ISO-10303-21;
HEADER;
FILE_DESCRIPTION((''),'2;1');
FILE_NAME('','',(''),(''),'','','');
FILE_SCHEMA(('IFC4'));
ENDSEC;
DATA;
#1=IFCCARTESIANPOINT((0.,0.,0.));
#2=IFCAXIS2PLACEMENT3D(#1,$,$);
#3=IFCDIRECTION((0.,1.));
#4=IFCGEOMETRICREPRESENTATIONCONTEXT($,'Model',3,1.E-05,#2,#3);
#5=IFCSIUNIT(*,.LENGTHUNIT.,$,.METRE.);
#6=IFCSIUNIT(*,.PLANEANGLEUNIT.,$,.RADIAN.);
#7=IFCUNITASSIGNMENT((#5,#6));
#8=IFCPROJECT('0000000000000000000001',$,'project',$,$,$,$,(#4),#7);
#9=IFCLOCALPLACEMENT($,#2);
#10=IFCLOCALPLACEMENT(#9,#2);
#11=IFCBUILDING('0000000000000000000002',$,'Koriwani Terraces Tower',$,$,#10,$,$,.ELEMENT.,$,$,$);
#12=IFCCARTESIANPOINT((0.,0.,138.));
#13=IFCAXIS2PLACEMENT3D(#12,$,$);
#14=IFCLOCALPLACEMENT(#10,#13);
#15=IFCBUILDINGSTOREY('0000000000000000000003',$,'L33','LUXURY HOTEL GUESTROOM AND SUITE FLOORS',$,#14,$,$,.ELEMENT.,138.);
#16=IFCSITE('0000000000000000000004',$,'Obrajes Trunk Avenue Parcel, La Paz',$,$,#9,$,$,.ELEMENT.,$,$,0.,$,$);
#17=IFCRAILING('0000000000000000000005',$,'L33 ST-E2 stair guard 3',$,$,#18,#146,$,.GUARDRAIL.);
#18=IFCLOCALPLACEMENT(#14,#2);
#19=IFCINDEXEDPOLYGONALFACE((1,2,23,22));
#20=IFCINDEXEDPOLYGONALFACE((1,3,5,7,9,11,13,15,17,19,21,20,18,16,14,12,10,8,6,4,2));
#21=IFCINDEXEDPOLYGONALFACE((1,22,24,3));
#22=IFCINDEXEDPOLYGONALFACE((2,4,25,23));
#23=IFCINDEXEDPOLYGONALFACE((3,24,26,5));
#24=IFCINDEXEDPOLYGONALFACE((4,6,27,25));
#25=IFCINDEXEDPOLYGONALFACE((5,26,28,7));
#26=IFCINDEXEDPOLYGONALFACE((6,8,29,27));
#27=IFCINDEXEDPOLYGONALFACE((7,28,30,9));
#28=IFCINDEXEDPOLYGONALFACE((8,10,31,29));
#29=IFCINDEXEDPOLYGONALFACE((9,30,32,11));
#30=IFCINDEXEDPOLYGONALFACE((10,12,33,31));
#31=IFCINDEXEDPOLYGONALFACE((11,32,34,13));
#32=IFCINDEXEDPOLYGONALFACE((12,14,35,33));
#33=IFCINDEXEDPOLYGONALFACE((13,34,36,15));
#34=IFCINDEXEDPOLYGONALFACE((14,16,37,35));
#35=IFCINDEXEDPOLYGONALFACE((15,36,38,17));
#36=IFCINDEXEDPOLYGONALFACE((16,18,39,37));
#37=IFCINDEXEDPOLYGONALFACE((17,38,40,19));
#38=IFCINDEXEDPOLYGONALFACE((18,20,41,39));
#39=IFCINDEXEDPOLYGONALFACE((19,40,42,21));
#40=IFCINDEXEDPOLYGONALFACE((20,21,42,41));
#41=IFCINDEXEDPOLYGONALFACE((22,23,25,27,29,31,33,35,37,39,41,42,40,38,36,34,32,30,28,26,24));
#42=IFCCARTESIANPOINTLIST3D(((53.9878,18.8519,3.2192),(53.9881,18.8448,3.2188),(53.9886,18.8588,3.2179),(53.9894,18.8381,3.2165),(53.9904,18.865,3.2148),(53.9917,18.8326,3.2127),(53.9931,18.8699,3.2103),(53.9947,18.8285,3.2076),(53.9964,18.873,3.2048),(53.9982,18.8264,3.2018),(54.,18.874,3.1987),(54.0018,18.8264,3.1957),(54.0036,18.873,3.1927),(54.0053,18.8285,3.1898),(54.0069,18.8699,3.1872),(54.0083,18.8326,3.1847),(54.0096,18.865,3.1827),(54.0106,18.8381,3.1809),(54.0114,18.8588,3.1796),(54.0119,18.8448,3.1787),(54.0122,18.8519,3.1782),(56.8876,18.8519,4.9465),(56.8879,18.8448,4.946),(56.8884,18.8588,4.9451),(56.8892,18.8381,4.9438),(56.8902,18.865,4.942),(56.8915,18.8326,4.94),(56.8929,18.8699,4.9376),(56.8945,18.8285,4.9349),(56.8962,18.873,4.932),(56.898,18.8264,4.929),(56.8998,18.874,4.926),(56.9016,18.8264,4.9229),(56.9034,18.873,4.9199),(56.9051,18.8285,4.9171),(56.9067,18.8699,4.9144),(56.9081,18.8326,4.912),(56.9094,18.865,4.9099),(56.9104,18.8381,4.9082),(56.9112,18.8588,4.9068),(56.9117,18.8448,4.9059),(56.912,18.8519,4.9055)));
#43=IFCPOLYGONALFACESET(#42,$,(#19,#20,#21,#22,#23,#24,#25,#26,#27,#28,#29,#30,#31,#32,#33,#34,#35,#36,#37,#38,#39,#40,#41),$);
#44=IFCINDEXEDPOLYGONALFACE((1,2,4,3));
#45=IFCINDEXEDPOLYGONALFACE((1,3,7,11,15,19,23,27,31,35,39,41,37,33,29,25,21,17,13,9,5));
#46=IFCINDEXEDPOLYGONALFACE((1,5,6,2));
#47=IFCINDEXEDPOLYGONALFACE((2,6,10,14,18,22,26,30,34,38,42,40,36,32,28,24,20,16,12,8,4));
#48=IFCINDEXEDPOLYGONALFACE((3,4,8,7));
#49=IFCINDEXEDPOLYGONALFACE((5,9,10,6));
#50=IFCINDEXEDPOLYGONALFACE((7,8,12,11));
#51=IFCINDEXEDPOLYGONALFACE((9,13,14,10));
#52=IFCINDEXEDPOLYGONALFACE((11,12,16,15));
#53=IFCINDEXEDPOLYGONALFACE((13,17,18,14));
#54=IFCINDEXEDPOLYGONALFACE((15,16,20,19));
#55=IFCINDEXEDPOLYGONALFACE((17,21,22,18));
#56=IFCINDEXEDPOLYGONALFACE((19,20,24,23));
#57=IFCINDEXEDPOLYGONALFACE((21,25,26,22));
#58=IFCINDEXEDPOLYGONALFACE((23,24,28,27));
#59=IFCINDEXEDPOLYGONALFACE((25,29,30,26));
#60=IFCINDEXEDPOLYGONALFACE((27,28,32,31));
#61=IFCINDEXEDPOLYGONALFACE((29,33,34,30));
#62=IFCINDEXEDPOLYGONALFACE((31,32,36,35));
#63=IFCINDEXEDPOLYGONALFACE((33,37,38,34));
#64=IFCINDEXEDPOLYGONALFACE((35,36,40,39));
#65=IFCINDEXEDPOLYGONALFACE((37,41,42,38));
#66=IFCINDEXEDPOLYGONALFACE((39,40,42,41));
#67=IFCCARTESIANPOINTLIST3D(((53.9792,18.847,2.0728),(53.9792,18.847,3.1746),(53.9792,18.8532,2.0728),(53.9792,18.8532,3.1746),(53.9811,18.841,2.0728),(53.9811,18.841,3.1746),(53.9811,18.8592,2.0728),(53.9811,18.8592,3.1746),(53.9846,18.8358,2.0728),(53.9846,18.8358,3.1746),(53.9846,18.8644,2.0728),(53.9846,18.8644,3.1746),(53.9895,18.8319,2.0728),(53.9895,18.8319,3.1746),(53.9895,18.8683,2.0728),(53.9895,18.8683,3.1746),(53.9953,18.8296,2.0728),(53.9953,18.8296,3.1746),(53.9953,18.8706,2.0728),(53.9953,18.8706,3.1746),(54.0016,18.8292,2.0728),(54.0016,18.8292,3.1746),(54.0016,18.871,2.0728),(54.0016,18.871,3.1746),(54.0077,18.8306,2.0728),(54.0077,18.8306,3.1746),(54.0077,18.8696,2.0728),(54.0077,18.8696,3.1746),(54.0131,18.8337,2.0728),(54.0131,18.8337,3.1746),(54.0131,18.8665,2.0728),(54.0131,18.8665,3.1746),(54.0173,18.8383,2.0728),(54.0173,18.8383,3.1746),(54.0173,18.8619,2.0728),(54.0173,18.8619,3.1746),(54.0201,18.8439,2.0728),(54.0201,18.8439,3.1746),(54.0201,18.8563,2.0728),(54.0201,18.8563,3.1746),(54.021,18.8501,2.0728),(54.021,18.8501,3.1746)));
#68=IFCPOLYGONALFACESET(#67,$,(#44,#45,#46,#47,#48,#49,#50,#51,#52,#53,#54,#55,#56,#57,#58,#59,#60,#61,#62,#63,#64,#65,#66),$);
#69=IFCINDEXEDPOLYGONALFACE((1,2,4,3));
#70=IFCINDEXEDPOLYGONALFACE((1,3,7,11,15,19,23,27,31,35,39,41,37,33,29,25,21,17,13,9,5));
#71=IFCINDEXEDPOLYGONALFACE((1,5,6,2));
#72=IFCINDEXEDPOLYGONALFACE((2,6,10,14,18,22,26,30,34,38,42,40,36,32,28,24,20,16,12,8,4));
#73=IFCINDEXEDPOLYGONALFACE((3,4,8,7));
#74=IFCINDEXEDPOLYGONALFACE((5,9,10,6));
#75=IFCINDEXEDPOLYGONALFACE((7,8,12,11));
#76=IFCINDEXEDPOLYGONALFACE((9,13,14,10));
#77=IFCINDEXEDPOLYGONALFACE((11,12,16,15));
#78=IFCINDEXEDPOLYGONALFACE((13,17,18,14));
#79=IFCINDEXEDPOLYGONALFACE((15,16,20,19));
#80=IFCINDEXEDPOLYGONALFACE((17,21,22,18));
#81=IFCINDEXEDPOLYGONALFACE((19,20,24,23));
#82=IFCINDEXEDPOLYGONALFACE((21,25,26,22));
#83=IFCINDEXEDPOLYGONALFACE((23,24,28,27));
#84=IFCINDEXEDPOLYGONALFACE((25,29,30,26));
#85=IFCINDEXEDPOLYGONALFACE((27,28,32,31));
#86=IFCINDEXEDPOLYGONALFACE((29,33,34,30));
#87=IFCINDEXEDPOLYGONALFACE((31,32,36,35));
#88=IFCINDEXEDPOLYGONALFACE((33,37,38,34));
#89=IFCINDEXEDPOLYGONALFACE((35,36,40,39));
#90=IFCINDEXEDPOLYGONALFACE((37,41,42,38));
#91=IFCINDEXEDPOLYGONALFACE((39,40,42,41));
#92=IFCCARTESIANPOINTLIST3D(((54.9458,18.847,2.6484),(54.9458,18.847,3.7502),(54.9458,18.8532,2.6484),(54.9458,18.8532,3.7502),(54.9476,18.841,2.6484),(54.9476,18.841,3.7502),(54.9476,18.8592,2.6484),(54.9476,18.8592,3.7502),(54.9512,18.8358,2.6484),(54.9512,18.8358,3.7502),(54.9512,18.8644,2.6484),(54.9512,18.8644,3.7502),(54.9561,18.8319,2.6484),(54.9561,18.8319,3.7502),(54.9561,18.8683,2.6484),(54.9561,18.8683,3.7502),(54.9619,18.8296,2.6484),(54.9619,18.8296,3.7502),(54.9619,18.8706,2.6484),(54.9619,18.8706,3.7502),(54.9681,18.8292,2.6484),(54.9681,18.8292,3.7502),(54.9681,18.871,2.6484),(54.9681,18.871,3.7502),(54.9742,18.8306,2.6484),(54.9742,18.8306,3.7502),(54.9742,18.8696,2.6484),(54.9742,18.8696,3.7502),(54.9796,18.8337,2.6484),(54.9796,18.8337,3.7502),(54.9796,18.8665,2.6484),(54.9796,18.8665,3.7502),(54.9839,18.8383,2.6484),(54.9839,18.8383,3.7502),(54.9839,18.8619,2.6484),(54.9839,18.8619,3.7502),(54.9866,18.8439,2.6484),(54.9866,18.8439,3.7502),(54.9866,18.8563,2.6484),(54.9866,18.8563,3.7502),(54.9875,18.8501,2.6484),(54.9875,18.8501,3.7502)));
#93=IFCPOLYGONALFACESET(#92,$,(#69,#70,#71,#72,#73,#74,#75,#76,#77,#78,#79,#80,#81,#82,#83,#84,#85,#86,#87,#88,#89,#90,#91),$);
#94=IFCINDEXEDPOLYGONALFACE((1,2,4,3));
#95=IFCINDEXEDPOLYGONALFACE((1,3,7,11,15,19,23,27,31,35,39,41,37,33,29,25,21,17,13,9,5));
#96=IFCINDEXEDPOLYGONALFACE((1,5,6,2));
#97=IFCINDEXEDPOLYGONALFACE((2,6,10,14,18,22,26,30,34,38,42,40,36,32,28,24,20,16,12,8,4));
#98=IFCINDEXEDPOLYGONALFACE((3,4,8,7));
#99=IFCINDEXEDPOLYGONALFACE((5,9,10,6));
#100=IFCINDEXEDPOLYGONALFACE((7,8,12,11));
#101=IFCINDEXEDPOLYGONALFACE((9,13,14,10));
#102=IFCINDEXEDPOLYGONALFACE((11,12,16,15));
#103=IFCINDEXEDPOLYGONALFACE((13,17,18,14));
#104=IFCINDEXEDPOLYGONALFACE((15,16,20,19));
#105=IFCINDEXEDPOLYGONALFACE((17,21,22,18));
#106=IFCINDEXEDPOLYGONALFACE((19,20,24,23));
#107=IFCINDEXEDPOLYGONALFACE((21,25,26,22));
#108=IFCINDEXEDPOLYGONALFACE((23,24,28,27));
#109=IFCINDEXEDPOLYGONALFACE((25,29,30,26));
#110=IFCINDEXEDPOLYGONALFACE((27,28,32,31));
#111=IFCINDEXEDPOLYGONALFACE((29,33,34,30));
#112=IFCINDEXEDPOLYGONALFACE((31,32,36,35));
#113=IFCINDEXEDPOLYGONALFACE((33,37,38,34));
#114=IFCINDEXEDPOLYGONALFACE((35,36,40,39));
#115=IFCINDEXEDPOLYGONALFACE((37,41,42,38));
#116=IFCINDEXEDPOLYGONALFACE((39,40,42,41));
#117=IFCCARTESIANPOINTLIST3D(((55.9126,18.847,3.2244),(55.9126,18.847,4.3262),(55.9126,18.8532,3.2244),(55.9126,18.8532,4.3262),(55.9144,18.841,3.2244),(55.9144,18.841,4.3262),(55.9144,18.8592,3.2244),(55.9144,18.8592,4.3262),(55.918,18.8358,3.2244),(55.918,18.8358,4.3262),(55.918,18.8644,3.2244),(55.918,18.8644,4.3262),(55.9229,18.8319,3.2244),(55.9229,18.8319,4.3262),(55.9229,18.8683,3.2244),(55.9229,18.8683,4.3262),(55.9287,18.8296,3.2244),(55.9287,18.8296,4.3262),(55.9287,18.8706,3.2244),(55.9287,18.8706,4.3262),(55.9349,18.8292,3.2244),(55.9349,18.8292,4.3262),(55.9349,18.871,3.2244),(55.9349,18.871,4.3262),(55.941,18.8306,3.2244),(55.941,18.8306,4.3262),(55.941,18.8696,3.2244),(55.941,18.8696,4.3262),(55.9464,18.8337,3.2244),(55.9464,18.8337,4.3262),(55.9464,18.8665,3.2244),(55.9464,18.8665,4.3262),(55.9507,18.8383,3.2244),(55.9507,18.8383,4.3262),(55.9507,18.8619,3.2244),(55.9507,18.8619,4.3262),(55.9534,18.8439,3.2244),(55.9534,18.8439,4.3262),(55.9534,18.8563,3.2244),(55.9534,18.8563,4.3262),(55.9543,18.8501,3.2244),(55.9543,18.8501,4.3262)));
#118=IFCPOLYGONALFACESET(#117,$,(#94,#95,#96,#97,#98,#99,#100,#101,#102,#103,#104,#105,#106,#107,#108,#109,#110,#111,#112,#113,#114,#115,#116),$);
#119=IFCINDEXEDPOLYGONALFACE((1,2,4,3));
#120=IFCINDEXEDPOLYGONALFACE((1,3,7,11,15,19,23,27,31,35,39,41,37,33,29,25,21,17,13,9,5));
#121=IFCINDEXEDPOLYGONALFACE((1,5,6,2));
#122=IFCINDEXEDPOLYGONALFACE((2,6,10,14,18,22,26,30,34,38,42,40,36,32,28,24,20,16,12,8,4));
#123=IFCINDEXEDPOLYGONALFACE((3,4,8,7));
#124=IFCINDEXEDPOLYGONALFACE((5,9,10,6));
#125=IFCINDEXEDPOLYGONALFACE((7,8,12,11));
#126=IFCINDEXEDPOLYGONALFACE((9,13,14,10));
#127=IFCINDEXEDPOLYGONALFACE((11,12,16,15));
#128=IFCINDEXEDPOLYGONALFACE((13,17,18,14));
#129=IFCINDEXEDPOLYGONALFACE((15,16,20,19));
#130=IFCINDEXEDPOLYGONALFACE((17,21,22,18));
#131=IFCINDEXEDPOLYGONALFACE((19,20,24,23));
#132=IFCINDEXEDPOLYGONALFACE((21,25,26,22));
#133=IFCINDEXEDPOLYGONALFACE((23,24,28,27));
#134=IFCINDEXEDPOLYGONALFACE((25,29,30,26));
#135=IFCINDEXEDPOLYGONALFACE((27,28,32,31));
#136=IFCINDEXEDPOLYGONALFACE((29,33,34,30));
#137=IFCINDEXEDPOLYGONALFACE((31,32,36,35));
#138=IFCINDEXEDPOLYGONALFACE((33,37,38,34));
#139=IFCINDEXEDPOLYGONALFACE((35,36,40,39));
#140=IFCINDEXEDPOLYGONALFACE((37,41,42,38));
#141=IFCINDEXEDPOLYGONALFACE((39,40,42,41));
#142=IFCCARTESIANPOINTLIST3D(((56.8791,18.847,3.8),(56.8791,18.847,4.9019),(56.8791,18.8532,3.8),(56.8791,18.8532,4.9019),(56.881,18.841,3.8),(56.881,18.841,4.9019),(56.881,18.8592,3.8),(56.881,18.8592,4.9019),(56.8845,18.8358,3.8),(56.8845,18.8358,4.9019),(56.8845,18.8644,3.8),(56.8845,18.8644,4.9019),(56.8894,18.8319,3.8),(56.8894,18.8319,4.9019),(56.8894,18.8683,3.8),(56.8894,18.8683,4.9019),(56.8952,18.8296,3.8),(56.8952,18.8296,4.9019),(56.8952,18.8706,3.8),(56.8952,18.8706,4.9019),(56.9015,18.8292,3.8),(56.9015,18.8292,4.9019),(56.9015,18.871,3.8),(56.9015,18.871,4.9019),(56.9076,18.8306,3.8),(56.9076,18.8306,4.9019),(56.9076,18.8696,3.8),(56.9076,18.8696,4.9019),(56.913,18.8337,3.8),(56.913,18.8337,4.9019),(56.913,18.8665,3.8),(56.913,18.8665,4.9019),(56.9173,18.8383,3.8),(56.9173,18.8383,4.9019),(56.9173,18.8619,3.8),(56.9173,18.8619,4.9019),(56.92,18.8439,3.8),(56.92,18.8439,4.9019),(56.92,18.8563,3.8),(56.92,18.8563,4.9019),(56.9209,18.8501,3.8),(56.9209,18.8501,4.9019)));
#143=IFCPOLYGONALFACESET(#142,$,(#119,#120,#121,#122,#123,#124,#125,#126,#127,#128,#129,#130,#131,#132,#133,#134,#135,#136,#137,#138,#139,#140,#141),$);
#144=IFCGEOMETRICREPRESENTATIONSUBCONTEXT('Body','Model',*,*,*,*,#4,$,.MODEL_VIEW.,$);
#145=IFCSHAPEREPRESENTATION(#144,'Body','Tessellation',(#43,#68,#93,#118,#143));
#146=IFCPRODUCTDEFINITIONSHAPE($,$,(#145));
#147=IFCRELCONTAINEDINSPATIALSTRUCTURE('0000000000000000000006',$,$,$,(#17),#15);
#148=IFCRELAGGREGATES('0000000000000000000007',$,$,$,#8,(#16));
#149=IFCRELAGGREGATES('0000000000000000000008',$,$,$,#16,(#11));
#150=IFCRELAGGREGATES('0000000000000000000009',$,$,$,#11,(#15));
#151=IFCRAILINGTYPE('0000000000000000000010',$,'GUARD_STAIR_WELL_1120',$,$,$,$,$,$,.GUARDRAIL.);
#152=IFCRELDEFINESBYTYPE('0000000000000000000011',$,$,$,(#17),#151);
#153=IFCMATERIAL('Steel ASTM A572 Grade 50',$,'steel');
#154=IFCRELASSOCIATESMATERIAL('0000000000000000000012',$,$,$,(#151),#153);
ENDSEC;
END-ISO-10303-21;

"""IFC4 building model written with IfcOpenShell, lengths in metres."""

from ifc_helpers import new_model, si_unit, direction, frame, origin, origin_2d, place, context, subcontext, project, spatial, circle, extrude, material, type_object, element, save


model = new_model("IFC4")

# Units and contexts
model_context = context("Model", 3, precision=1e-05, world=origin(), true_north=direction((0.0, 1.0)))
body_context = subcontext(model_context, "Body", "Model", "MODEL_VIEW")
ifc_project = project(units=[si_unit("LENGTHUNIT", "METRE"), si_unit("PLANEANGLEUNIT", "RADIAN")], contexts=[model_context])

# Site, building, storey
site_placement = place(None, origin())
site = spatial("IfcSite", under=ifc_project, at=site_placement, Name="Obrajes Trunk Avenue Parcel, La Paz", CompositionType="ELEMENT", RefElevation=0.0)
building_placement = place(site_placement, origin())
building = spatial("IfcBuilding", under=site, at=building_placement, Name="Koriwani Terraces Tower", CompositionType="ELEMENT")
storey_placement = place(building_placement, frame((0.0, 0.0, 138.0)))
storey = spatial("IfcBuildingStorey", under=building, at=storey_placement, Name="L33", Description="LUXURY HOTEL GUESTROOM AND SUITE FLOORS", CompositionType="ELEMENT", Elevation=138.0)

# Shared definitions
ifc_material_1 = material(Name="Steel ASTM A572 Grade 50", Category="steel")

# Railing
railing_type_1 = type_object("IfcRailingType", Name="GUARD_STAIR_WELL_1120", PredefinedType="GUARDRAIL", material=ifc_material_1)
railing_1_placement = place(storey_placement, frame((54.0, 18.8501, 2.0728)))
element("IfcRailing", 1, at=railing_1_placement, inside=storey, type_object=railing_type_1, Name="L33 ST-E2 stair guard 3", PredefinedType="GUARDRAIL", context=body_context, shape_type="SweptSolid", body=[
    extrude(circle(Radius=0.0239, at=origin_2d()), frame((0.0, 0.0, 1.126), z_axis=(0.859141, 0.0, 0.511738), x_axis=(0.0, 1.0, 0.0)), (0.0, 0.0, 1.0), 3.3752),
    extrude(circle(Radius=0.021, at=origin_2d()), origin(), (0.0, 0.0, 1.0), 1.1018),
    extrude(circle(Radius=0.021, at=origin_2d()), frame((0.9666, 0.0, 0.5757)), (0.0, 0.0, 1.0), 1.1018),
    extrude(circle(Radius=0.021, at=origin_2d()), frame((1.9333, 0.0, 1.1516)), (0.0, 0.0, 1.0), 1.1018),
    extrude(circle(Radius=0.021, at=origin_2d()), frame((2.8999, 0.0, 1.7273)), (0.0, 0.0, 1.0), 1.1018),
])

save(model, "model.ifc")
